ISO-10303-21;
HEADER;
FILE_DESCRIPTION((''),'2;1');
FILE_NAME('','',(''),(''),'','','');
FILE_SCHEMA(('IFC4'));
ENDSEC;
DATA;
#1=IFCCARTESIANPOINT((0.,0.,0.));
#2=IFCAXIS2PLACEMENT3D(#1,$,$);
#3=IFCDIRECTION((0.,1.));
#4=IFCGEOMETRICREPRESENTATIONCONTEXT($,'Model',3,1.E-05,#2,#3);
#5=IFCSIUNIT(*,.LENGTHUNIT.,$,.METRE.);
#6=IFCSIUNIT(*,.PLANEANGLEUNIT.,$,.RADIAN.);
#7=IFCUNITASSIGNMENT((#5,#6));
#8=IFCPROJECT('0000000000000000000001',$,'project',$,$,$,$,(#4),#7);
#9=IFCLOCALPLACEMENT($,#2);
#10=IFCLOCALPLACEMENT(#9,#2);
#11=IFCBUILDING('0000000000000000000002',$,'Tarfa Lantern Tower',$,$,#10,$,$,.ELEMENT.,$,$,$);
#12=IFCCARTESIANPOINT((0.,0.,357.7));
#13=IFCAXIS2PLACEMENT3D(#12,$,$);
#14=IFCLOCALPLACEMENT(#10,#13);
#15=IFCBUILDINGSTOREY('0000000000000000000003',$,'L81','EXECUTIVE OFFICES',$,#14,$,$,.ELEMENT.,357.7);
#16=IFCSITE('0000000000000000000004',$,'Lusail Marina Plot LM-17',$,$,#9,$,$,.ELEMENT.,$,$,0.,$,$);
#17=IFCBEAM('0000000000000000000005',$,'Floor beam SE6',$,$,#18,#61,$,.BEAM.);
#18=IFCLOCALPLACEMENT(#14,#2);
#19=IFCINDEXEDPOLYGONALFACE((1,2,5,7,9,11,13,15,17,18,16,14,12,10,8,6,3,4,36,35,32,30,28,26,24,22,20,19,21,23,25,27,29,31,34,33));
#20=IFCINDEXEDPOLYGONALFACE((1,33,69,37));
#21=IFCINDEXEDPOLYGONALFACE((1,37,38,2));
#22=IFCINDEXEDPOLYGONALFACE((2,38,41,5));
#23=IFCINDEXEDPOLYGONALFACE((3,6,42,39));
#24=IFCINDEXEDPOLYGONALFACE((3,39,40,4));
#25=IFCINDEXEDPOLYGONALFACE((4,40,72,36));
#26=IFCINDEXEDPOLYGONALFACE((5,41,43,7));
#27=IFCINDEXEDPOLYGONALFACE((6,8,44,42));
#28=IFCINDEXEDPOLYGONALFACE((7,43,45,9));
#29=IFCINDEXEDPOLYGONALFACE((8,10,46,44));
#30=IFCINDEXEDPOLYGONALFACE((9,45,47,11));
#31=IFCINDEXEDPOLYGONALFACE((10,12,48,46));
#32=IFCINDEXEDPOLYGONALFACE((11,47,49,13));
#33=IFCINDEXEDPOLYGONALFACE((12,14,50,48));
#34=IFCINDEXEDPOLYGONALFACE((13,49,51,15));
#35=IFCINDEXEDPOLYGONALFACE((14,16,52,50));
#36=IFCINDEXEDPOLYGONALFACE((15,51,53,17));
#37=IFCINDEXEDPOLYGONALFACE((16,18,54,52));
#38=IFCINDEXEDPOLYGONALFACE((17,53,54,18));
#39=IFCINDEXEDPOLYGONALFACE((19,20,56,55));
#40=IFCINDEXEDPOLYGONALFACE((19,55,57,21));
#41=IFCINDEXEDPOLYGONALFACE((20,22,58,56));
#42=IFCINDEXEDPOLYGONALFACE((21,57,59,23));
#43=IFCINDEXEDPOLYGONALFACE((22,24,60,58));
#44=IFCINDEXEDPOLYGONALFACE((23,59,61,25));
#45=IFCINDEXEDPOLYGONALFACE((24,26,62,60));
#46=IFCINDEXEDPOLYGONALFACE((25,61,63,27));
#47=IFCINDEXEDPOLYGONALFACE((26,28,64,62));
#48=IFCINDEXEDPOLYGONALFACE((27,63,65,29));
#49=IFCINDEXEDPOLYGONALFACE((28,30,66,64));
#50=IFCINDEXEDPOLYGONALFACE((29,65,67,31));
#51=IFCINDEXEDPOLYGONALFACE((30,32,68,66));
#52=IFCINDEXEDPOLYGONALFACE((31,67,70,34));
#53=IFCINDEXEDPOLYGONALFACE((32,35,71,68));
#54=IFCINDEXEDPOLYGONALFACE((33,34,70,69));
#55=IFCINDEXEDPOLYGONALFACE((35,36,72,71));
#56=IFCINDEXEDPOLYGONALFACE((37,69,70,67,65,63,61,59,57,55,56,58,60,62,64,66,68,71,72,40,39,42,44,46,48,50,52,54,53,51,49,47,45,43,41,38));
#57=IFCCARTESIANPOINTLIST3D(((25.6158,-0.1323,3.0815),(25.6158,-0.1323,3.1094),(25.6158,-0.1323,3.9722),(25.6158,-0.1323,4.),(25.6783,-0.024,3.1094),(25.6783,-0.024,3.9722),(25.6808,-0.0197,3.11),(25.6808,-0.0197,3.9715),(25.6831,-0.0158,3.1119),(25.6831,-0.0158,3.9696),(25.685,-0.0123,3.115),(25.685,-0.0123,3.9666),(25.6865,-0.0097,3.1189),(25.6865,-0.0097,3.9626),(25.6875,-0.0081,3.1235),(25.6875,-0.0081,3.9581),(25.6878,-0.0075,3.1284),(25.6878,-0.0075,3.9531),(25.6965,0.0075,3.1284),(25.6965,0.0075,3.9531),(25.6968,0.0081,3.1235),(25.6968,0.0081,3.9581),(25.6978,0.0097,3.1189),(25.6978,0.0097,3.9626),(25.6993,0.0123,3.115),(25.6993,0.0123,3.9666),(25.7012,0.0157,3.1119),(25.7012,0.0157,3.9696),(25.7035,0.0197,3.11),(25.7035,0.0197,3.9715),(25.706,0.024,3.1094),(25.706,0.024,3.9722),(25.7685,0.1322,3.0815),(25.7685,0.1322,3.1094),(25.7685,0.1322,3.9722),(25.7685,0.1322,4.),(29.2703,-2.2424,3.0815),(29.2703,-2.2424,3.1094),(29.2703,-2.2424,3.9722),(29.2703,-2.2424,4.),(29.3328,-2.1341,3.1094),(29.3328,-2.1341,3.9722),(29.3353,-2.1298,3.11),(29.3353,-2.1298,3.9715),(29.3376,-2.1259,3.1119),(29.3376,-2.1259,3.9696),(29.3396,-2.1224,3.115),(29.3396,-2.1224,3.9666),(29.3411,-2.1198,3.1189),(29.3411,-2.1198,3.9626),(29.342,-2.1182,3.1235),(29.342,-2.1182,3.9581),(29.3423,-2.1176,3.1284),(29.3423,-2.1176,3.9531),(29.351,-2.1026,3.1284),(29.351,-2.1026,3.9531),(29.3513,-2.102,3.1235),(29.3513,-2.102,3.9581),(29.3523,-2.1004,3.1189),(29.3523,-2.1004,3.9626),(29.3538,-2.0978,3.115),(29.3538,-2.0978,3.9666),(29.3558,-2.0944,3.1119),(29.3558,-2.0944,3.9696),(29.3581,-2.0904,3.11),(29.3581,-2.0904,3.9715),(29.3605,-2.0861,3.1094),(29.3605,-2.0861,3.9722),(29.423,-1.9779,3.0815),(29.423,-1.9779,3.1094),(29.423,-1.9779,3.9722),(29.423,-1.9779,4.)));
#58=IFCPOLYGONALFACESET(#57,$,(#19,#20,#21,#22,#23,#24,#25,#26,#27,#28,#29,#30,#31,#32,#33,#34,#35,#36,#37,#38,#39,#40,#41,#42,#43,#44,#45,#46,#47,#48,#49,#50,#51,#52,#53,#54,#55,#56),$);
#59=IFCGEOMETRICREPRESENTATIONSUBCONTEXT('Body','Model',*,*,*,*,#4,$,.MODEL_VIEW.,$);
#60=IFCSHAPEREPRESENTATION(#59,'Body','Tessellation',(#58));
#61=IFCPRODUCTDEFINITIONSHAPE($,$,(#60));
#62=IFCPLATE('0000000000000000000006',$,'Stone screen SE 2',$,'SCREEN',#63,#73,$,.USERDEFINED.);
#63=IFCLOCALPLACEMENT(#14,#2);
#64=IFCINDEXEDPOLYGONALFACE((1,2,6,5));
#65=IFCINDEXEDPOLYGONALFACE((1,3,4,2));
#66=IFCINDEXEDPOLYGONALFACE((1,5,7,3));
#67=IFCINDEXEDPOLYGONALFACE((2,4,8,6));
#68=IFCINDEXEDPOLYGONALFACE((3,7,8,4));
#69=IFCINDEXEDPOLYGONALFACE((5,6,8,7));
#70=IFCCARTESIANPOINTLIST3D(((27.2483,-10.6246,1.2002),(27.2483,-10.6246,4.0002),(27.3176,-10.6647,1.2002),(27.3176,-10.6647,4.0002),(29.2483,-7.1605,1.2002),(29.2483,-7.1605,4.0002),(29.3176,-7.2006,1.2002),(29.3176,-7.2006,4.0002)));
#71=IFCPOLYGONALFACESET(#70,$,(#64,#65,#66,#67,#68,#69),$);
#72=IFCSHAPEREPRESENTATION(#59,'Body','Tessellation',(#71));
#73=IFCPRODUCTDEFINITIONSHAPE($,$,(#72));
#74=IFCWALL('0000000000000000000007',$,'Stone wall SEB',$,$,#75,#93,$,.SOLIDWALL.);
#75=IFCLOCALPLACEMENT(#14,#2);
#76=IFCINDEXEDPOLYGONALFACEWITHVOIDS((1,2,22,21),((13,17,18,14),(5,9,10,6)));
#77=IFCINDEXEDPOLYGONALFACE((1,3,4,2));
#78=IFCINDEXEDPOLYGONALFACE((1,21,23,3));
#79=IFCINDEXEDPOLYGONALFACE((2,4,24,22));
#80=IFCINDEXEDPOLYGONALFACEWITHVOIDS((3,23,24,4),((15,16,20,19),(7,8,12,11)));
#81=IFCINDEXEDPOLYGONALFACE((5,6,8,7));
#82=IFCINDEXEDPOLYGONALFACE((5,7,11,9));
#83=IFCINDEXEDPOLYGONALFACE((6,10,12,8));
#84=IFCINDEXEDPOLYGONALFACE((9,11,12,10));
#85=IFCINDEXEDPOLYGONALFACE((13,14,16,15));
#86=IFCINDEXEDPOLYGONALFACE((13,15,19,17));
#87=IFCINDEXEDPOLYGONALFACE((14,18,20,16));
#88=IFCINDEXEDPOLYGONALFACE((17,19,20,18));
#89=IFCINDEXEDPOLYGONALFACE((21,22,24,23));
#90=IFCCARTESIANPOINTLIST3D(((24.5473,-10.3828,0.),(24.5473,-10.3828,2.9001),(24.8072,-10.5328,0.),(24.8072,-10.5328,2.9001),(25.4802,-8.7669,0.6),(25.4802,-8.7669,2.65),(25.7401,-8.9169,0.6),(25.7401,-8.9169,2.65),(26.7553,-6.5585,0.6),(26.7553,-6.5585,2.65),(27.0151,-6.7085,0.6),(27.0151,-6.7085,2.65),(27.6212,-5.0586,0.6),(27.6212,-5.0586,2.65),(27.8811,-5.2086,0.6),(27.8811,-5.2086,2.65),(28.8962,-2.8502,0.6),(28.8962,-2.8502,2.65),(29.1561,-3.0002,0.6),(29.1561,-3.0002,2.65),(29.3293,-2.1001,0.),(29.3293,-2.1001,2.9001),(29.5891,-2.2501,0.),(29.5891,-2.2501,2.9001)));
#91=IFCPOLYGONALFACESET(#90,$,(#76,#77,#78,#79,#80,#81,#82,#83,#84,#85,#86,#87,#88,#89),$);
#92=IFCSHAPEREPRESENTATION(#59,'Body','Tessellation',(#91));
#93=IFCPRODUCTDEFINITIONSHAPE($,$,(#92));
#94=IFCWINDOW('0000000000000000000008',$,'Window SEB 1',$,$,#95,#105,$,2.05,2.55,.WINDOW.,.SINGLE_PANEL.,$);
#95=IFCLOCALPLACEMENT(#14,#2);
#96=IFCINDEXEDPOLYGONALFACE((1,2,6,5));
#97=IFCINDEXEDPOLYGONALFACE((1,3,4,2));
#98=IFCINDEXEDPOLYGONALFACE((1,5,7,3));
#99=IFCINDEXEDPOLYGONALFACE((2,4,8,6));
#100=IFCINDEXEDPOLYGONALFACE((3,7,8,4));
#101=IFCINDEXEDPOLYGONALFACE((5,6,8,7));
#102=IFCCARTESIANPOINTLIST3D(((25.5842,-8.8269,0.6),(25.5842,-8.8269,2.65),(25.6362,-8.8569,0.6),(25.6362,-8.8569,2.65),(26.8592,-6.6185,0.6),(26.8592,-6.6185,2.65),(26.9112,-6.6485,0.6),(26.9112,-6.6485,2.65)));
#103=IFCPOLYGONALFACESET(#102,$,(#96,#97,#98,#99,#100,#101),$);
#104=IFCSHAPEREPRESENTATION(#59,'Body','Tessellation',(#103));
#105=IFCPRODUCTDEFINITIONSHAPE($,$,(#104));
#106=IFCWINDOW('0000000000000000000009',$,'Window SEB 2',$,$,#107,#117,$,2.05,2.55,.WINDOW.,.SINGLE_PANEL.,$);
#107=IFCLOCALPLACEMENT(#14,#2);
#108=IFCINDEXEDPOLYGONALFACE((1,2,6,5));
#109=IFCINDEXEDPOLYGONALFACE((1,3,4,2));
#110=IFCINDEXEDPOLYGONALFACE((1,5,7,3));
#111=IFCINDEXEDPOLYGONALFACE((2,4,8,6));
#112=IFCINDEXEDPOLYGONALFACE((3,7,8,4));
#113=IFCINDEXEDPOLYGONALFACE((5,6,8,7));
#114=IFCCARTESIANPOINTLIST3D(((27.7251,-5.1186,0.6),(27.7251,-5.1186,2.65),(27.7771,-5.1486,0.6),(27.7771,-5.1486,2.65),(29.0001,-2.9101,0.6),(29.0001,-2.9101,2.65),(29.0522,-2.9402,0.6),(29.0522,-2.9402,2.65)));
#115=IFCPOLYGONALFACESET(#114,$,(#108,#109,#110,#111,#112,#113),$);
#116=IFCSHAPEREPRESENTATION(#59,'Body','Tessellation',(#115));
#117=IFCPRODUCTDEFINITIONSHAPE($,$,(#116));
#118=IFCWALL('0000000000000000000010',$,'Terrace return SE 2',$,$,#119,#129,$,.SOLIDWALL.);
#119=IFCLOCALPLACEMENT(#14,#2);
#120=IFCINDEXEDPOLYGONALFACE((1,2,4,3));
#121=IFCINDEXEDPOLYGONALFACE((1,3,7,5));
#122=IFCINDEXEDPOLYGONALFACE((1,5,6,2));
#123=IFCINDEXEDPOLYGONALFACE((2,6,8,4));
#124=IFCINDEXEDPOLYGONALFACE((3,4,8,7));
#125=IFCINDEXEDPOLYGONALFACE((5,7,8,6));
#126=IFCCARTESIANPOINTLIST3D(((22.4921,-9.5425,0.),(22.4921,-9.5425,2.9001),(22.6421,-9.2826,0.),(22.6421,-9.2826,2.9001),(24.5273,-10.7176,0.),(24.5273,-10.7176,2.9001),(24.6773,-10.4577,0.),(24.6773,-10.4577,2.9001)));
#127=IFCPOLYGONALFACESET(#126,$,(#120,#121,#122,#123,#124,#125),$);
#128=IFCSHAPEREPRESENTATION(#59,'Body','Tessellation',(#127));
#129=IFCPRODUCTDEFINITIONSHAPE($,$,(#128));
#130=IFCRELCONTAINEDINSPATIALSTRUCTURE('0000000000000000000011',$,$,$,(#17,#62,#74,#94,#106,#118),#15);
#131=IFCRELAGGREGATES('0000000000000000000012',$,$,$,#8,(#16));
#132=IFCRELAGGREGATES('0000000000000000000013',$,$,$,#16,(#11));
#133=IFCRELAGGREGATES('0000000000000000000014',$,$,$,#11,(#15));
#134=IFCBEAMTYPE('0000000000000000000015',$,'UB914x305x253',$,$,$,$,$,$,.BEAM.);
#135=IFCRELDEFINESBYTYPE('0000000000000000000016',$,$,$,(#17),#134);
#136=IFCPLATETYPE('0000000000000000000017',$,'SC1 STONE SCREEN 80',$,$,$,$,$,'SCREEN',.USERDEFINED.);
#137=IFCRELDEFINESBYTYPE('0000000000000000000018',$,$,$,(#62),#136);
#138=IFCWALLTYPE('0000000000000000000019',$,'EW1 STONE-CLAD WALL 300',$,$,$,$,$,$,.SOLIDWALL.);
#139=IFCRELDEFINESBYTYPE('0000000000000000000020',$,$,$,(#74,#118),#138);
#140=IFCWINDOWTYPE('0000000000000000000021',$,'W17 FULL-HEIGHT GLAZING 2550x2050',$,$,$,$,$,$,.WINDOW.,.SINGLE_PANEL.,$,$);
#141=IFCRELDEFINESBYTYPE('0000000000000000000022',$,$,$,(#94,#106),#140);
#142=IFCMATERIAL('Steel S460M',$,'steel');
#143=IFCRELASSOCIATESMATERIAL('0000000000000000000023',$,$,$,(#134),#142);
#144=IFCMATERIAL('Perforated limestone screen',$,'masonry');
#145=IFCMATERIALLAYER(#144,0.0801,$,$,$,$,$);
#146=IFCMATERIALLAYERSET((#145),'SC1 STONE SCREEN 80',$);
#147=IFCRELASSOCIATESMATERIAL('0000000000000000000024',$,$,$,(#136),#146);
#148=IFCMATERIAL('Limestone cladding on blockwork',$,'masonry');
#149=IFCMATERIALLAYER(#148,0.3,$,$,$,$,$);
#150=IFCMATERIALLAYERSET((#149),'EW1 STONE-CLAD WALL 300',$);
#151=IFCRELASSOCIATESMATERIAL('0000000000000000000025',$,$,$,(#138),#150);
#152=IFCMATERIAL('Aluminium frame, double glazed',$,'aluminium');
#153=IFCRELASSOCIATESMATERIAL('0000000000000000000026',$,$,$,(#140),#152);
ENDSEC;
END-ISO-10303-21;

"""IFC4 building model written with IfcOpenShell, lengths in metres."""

from ifc_helpers import new_model, si_unit, direction, frame, frame_2d, origin, origin_2d, place, context, subcontext, project, spatial, rectangle, i_section, extrude, material, layer, layer_set, material_profile, profile_set, type_object, element, fill, save


model = new_model("IFC4")

# Units and contexts
model_context = context("Model", 3, precision=1e-05, world=origin(), true_north=direction((0.0, 1.0)))
body_context = subcontext(model_context, "Body", "Model", "MODEL_VIEW")
ifc_project = project(units=[si_unit("LENGTHUNIT", "METRE"), si_unit("PLANEANGLEUNIT", "RADIAN")], contexts=[model_context])

# Site, building, storey
site_placement = place(None, origin())
site = spatial("IfcSite", under=ifc_project, at=site_placement, Name="Lusail Marina Plot LM-17", CompositionType="ELEMENT", RefElevation=0.0)
building_placement = place(site_placement, origin())
building = spatial("IfcBuilding", under=site, at=building_placement, Name="Tarfa Lantern Tower", CompositionType="ELEMENT")
storey_placement = place(building_placement, frame((0.0, 0.0, 357.7)))
storey = spatial("IfcBuildingStorey", under=building, at=storey_placement, Name="L81", Description="EXECUTIVE OFFICES", CompositionType="ELEMENT", Elevation=357.7)

# Beam
ifc_material_1 = material(Name="Steel S460M", Category="steel")
ifc_material_profile_1 = material_profile(ifc_material_1, i_section(OverallWidth=0.3054, OverallDepth=0.9185, WebThickness=0.0173, FlangeThickness=0.0278, FilletRadius=0.019, at=origin_2d()), Name="UB914x305x253")
ifc_profile_set_1 = profile_set([ifc_material_profile_1], Name="Steel S460M")
beam_type_1 = type_object("IfcBeamType", Name="UB914x305x253", PredefinedType="BEAM", material=ifc_profile_set_1)
beam_1_placement = place(storey_placement, frame((29.3467, -2.1101, 3.5408), z_axis=(-0.866009, 0.500028, 0.0), x_axis=(-0.500028, -0.866009, 0.0)))
element("IfcBeam", 1, at=beam_1_placement, inside=storey, type_object=beam_type_1, Name="Floor beam SE6", PredefinedType="BEAM", context=body_context, shape_type="SweptSolid", body=[
    extrude(i_section(OverallWidth=0.3054, OverallDepth=0.9185, WebThickness=0.0173, FlangeThickness=0.0278, FilletRadius=0.019, at=origin_2d()), origin(), (0.0, 0.0, 1.0), 4.22),
])

# Plate
ifc_material_2 = material(Name="Perforated limestone screen", Category="masonry")
ifc_layer_1 = layer(ifc_material_2, 0.0801)
ifc_layer_set_1 = layer_set([ifc_layer_1], Name="SC1 STONE SCREEN 80")
plate_type = type_object("IfcPlateType", Name="SC1 STONE SCREEN 80", ElementType="SCREEN", PredefinedType="USERDEFINED", material=ifc_layer_set_1)
plate_placement = place(storey_placement, frame((28.283, -8.9126, 1.2002), z_axis=(0.0, 0.0, 1.0), x_axis=(0.5, 0.866025, 0.0)))
element("IfcPlate", 2, at=plate_placement, inside=storey, type_object=plate_type, Name="Stone screen SE 2", ObjectType="SCREEN", PredefinedType="USERDEFINED", context=body_context, shape_type="SweptSolid", body=[
    extrude(rectangle(XDim=4.0, YDim=0.0801, at=origin_2d()), origin(), (0.0, 0.0, 1.0), 2.8),
])

# Wall, openings, windows
ifc_material_3 = material(Name="Limestone cladding on blockwork", Category="masonry")
ifc_layer_2 = layer(ifc_material_3, 0.3)
ifc_layer_set_2 = layer_set([ifc_layer_2], Name="EW1 STONE-CLAD WALL 300")
wall_type = type_object("IfcWallType", Name="EW1 STONE-CLAD WALL 300", PredefinedType="SOLIDWALL", material=ifc_layer_set_2)
wall_1_placement = place(storey_placement, frame((24.6772, -10.4578, 0.0), z_axis=(0.0, 0.0, 1.0), x_axis=(0.499996, 0.866027, 0.0)))
wall_1 = element("IfcWall", 3, at=wall_1_placement, inside=storey, type_object=wall_type, Name="Stone wall SEB", PredefinedType="SOLIDWALL", context=body_context, shape_type="SweptSolid", body=[
    extrude(rectangle(XDim=9.564, YDim=0.3, at=frame_2d((4.782, 0.0))), origin(), (0.0, 0.0, 1.0), 2.9001),
])
opening_1_placement = place(wall_1_placement, frame((1.866, 0.0, 0.6001)))
opening_1 = element("IfcOpeningElement", 4, at=opening_1_placement, cuts=wall_1, PredefinedType="OPENING", context=body_context, shape_type="SweptSolid", body=[
    extrude(rectangle(XDim=2.55, YDim=2.05, at=frame_2d((1.2749, 1.0249))), frame((0.0, 0.1599, 0.0), z_axis=(0.0, -1.0, 0.0), x_axis=(1.0, 0.0, 0.0)), (0.0, 0.0, 1.0), 0.3201),
])
opening_2_placement = place(wall_1_placement, frame((6.1479, 0.0, 0.6001)))
opening_2 = element("IfcOpeningElement", 5, at=opening_2_placement, cuts=wall_1, PredefinedType="OPENING", context=body_context, shape_type="SweptSolid", body=[
    extrude(rectangle(XDim=2.55, YDim=2.05, at=frame_2d((1.2749, 1.0249))), frame((0.0, 0.1599, 0.0), z_axis=(0.0, -1.0, 0.0), x_axis=(1.0, 0.0, 0.0)), (0.0, 0.0, 1.0), 0.3201),
])
ifc_material_4 = material(Name="Aluminium frame, double glazed", Category="aluminium")
window_type = type_object("IfcWindowType", Name="W17 FULL-HEIGHT GLAZING 2550x2050", PartitioningType="SINGLE_PANEL", PredefinedType="WINDOW", material=ifc_material_4)
window_1_placement = place(opening_1_placement, origin())
window_1 = element("IfcWindow", 6, at=window_1_placement, inside=storey, type_object=window_type, Name="Window SEB 1", OverallHeight=2.05, OverallWidth=2.55, PartitioningType="SINGLE_PANEL", PredefinedType="WINDOW", context=body_context, shape_type="SweptSolid", body=[
    extrude(rectangle(XDim=2.55, YDim=2.05, at=frame_2d((1.2749, 1.0249))), frame((0.0, 0.03, 0.0), z_axis=(0.0, -1.0, 0.0), x_axis=(1.0, 0.0, 0.0)), (0.0, 0.0, 1.0), 0.0601),
])
fill(opening_1, window_1)
window_2_placement = place(opening_2_placement, origin())
window_2 = element("IfcWindow", 7, at=window_2_placement, inside=storey, type_object=window_type, Name="Window SEB 2", OverallHeight=2.05, OverallWidth=2.55, PartitioningType="SINGLE_PANEL", PredefinedType="WINDOW", context=body_context, shape_type="SweptSolid", body=[
    extrude(rectangle(XDim=2.55, YDim=2.05, at=frame_2d((1.2749, 1.0249))), frame((0.0, 0.03, 0.0), z_axis=(0.0, -1.0, 0.0), x_axis=(1.0, 0.0, 0.0)), (0.0, 0.0, 1.0), 0.0601),
])
fill(opening_2, window_2)

# Wall
wall_2_placement = place(storey_placement, frame((24.6023, -10.5876, 0.0), z_axis=(0.0, 0.0, 1.0), x_axis=(-0.866016, 0.500016, 0.0)))
element("IfcWall", 8, at=wall_2_placement, inside=storey, type_object=wall_type, Name="Terrace return SE 2", PredefinedType="SOLIDWALL", context=body_context, shape_type="SweptSolid", body=[
    extrude(rectangle(XDim=2.3501, YDim=0.3, at=frame_2d((1.175, 0.0))), origin(), (0.0, 0.0, 1.0), 2.9001),
])

save(model, "model.ifc")
